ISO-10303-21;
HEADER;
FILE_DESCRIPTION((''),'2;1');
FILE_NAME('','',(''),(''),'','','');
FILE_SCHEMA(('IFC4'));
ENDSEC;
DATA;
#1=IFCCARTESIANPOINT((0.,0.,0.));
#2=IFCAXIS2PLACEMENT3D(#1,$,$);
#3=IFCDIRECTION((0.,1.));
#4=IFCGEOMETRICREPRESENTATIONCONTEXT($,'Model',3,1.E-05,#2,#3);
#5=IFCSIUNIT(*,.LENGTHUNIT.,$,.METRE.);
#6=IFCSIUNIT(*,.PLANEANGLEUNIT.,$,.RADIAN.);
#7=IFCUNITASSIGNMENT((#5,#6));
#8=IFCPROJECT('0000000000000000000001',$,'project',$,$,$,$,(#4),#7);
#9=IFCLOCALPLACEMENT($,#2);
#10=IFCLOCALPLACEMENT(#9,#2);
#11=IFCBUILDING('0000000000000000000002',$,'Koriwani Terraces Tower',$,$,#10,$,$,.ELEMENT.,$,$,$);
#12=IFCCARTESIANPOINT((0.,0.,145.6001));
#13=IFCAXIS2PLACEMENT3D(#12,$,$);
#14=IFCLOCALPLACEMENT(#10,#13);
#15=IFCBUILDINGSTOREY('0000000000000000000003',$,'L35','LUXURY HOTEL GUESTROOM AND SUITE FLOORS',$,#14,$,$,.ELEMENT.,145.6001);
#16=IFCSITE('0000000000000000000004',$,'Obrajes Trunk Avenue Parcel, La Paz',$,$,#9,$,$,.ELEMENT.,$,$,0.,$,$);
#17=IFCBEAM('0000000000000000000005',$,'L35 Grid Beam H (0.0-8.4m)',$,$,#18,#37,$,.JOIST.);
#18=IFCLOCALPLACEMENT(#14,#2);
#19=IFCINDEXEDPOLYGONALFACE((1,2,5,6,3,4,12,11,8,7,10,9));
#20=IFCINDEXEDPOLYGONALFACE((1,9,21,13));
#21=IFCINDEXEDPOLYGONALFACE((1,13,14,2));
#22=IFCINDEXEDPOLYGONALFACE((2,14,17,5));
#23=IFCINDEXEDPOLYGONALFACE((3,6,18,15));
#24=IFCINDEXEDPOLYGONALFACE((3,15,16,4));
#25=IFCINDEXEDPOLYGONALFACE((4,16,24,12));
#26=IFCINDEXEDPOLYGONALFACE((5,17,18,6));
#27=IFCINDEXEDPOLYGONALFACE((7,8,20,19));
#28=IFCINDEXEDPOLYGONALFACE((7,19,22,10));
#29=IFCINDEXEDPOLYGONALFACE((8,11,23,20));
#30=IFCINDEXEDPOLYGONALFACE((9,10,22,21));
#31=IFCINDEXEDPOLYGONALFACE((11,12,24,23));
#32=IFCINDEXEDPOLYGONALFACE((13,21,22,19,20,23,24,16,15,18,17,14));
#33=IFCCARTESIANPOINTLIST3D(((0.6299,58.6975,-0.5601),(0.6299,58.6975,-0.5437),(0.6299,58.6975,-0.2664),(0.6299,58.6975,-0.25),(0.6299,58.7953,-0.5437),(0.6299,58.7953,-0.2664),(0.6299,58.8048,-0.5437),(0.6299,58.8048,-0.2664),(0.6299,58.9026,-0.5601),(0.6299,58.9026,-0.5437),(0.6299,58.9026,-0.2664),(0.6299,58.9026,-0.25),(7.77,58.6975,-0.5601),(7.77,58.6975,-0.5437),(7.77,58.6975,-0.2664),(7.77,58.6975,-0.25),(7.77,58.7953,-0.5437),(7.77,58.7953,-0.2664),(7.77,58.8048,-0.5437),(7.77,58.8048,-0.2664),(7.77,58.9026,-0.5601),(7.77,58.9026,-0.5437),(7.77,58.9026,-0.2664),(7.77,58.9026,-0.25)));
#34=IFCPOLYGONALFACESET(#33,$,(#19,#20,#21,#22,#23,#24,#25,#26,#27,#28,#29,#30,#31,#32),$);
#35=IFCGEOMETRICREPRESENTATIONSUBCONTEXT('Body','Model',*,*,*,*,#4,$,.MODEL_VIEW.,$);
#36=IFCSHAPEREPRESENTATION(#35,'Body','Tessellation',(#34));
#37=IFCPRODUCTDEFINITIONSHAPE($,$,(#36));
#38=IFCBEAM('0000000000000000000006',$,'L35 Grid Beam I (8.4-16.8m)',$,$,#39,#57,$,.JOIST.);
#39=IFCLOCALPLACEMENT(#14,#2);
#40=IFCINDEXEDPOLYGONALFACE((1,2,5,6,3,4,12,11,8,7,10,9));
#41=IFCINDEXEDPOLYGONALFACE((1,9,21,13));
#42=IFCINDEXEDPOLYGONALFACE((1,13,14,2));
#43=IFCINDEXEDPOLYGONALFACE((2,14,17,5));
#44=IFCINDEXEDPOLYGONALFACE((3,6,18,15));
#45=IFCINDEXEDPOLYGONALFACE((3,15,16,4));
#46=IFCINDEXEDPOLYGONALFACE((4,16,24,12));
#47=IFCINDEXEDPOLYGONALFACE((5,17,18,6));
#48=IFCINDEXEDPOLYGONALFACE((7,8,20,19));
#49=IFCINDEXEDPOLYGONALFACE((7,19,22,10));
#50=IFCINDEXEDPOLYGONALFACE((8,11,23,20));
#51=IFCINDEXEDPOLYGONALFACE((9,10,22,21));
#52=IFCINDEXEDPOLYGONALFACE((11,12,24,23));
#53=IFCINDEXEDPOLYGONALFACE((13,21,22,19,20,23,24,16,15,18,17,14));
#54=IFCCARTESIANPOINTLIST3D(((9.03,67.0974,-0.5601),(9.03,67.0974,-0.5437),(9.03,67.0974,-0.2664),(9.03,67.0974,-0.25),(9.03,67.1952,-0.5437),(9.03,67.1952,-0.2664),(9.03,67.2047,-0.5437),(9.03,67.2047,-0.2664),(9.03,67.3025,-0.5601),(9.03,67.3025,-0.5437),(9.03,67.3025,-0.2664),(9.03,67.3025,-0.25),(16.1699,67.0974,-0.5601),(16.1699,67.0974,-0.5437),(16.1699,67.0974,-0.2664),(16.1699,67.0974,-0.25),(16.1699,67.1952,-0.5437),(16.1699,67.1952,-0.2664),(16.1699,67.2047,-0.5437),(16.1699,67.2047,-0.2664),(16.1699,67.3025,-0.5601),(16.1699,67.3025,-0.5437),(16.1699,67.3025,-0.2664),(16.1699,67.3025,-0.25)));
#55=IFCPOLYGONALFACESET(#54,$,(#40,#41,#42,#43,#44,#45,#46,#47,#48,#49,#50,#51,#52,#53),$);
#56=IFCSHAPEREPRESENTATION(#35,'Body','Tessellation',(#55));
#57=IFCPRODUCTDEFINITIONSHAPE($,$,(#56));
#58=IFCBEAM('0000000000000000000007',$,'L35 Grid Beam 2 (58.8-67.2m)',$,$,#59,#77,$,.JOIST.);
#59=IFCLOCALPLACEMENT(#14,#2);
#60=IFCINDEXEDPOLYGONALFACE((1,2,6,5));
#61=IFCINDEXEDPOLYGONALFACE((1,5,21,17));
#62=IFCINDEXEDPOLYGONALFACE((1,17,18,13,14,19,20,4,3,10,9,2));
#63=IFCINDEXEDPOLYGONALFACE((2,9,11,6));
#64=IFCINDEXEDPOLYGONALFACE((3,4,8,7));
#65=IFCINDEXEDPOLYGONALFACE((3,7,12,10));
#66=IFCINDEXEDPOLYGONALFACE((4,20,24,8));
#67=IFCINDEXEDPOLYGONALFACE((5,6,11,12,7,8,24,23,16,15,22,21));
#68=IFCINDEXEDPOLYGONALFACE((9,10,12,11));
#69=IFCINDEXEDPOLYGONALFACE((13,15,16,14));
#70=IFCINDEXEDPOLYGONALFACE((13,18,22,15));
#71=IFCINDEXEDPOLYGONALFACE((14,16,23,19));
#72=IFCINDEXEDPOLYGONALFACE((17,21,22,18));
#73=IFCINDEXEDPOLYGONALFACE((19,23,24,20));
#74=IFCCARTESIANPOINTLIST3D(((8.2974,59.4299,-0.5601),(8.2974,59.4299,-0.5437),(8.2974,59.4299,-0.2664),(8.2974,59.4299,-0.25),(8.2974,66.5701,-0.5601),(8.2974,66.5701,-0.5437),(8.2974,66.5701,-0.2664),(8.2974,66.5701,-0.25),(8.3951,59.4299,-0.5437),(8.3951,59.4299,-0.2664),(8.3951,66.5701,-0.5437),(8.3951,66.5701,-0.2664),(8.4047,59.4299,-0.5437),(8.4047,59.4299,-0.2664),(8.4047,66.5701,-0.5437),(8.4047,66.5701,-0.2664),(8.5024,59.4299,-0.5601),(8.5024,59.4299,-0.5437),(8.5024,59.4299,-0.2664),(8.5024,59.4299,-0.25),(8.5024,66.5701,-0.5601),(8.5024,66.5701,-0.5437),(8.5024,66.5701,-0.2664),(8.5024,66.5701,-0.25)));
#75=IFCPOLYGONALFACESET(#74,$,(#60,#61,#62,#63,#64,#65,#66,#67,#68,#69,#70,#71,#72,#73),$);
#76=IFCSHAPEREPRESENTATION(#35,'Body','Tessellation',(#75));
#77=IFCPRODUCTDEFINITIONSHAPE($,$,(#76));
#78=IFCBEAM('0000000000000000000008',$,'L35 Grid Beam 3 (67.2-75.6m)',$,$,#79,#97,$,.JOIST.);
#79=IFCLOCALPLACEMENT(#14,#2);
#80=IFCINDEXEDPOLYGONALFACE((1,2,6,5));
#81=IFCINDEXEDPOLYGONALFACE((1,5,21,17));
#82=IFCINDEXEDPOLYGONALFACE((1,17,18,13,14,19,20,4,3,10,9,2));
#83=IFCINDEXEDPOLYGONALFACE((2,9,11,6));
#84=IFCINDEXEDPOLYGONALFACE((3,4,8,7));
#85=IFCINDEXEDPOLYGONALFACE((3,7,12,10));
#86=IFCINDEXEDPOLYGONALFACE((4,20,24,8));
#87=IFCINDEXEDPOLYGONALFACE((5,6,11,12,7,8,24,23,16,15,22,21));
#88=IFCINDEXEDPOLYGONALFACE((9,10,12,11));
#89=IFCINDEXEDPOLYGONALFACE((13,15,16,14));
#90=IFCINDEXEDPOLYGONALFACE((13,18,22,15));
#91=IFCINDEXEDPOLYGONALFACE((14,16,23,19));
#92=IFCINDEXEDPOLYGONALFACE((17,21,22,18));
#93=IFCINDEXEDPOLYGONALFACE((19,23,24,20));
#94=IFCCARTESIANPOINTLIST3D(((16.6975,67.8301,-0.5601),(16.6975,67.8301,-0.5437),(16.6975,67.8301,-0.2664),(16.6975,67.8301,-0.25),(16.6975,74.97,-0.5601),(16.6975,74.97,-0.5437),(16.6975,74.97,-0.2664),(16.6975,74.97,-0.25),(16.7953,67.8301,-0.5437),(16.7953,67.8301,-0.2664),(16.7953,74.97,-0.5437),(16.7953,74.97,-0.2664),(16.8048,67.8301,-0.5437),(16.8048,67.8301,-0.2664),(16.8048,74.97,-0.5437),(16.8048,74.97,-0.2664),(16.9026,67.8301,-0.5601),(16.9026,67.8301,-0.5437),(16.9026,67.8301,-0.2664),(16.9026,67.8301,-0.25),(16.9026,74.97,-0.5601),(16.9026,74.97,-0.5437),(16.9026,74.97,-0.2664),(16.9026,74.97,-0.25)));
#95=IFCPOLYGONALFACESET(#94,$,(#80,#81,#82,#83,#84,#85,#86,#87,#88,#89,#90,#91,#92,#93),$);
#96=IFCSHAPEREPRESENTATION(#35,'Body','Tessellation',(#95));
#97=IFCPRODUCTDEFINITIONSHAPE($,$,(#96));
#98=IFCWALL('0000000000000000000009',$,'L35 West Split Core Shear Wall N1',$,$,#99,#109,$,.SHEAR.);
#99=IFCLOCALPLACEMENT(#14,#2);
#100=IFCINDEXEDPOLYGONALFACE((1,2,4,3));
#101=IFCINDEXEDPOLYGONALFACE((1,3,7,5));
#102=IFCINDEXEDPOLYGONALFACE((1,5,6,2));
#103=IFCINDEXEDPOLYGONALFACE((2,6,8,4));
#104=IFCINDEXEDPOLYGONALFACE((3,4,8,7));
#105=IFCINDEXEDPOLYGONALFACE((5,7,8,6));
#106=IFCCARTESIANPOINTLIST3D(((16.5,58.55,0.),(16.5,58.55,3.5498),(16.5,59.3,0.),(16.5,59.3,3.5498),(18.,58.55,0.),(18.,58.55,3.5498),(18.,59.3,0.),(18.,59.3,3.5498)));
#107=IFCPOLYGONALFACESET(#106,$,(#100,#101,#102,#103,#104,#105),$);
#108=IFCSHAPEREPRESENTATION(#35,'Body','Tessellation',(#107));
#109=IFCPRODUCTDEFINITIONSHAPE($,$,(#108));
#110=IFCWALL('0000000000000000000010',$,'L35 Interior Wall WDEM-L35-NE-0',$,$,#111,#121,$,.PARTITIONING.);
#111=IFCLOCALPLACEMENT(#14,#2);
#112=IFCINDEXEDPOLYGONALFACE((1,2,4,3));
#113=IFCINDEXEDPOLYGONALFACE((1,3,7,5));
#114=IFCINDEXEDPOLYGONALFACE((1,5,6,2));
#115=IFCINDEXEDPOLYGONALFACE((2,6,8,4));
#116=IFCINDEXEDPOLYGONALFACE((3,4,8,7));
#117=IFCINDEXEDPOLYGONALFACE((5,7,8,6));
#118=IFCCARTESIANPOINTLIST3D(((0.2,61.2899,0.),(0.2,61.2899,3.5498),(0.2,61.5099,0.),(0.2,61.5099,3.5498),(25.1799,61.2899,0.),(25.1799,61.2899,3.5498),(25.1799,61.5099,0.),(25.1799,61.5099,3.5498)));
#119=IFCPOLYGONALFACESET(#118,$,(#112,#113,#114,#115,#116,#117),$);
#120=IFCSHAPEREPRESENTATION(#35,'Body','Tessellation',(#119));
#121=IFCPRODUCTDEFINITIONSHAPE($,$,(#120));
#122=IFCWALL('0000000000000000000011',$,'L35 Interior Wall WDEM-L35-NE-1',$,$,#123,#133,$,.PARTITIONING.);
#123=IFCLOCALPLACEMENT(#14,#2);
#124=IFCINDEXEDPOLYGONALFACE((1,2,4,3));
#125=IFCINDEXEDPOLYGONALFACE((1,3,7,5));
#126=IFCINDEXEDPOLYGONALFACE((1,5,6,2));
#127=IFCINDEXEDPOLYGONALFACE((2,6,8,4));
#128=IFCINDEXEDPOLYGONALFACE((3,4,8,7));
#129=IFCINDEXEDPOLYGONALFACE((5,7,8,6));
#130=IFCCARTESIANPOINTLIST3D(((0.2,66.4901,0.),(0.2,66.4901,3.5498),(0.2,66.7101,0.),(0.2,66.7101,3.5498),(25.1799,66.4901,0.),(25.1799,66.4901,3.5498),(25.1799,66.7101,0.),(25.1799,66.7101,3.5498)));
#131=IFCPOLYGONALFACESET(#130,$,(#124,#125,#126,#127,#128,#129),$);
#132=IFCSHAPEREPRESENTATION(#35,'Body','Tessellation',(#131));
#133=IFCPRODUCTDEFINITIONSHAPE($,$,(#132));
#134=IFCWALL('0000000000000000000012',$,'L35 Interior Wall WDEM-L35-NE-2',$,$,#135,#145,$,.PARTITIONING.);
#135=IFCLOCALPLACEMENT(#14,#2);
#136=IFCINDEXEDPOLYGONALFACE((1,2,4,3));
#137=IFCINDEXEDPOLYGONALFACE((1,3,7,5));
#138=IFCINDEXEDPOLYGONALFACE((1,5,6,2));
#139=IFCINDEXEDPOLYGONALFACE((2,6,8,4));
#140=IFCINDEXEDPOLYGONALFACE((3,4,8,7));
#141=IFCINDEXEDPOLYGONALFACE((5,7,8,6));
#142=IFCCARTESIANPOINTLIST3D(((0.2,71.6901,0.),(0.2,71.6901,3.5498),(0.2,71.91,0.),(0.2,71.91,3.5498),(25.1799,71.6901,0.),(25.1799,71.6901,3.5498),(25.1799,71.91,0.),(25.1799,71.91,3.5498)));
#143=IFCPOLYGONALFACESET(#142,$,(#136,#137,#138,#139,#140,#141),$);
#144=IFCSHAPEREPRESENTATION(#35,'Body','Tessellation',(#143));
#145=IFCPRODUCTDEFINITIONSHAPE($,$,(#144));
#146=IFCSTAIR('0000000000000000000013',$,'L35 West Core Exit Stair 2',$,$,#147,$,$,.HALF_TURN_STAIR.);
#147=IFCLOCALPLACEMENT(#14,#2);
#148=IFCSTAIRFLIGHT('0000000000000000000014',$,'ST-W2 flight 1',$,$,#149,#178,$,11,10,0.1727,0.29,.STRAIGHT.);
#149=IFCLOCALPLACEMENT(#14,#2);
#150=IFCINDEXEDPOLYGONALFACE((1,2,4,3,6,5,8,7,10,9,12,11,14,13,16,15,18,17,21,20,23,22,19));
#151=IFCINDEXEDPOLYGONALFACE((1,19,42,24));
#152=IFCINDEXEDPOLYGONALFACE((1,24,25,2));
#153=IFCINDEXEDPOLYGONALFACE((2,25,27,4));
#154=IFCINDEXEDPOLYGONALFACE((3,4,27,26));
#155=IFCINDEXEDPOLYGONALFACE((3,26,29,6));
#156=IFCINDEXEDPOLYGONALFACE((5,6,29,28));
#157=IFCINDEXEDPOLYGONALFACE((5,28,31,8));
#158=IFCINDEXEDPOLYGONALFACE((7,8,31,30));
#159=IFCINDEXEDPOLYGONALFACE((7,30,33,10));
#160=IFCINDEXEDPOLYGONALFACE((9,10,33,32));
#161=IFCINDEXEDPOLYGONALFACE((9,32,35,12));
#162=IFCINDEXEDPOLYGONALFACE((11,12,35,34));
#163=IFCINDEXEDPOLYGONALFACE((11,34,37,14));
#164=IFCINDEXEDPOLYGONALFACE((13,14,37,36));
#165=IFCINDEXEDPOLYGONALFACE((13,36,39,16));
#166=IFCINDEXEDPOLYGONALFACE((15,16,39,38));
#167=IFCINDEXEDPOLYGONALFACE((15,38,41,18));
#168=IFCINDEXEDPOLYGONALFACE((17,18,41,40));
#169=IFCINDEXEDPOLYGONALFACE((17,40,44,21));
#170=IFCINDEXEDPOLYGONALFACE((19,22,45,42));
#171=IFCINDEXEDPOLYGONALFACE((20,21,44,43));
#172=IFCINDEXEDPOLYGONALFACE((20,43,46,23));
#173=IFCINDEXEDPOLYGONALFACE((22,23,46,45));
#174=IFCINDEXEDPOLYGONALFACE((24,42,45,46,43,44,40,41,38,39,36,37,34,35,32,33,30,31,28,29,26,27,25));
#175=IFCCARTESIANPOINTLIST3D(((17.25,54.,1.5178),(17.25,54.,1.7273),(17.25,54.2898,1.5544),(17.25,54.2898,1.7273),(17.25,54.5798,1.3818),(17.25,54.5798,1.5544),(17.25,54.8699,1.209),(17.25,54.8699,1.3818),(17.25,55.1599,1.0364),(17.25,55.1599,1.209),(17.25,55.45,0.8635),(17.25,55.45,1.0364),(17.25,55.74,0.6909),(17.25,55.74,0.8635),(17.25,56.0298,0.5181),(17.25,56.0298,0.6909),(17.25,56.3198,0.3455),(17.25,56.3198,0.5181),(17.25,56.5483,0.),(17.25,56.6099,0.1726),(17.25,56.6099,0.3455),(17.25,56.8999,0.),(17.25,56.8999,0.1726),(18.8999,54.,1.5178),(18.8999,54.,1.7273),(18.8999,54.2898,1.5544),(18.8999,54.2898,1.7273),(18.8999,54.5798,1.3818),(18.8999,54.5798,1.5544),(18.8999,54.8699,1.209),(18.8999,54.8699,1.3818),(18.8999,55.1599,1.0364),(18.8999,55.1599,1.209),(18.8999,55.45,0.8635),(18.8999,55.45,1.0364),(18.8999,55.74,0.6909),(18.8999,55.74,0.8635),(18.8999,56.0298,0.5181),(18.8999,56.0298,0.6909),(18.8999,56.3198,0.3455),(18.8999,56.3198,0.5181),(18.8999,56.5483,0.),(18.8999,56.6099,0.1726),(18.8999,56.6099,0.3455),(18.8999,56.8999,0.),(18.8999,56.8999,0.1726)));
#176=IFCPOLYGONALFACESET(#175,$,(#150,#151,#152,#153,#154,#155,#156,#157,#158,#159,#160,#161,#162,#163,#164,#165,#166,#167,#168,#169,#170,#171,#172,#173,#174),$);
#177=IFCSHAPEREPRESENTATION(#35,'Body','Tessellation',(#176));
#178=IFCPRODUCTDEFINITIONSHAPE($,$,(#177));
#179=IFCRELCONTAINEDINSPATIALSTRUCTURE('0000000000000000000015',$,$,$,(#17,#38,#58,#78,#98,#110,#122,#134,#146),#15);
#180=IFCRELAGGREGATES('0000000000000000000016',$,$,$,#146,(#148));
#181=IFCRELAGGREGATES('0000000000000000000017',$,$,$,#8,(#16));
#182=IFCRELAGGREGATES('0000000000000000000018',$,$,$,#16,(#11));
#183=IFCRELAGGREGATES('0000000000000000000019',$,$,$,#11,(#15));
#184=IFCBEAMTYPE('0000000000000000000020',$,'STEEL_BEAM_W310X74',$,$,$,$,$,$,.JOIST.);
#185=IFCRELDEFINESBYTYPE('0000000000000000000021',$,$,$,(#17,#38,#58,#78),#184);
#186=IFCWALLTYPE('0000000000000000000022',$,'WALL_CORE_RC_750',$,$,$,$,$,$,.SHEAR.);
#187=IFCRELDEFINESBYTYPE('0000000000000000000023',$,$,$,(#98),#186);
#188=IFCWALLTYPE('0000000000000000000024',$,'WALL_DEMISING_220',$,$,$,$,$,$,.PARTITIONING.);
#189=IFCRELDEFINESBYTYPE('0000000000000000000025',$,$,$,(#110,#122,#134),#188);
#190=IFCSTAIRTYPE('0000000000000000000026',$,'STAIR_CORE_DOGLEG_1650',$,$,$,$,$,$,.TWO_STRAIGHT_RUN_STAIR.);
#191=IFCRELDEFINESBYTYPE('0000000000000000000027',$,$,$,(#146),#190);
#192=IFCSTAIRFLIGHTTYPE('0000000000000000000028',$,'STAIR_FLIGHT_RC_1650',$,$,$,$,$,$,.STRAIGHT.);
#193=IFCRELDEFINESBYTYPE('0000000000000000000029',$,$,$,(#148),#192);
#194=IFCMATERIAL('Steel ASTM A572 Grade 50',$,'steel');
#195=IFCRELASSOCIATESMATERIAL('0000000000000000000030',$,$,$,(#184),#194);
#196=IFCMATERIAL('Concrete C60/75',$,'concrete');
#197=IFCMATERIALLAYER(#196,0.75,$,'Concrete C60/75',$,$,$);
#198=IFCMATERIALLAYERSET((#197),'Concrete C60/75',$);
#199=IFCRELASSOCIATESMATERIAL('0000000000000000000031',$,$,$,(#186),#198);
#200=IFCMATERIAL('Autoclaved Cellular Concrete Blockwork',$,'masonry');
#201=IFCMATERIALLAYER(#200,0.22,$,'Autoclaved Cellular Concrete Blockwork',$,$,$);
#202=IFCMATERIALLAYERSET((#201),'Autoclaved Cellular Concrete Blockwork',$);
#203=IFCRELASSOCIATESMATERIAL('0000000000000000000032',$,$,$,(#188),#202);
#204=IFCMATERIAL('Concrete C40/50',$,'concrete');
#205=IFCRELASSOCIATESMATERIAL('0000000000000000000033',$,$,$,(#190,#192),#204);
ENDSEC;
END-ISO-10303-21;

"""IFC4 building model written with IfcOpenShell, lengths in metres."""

from ifc_helpers import new_model, si_unit, direction, frame, frame_2d, origin, origin_2d, place, context, subcontext, project, spatial, polyline, rectangle, i_section, outline, extrude, material, layer, layer_set, material_profile, profile_set, type_object, element, aggregate, save


model = new_model("IFC4")

# Units and contexts
model_context = context("Model", 3, precision=1e-05, world=origin(), true_north=direction((0.0, 1.0)))
body_context = subcontext(model_context, "Body", "Model", "MODEL_VIEW")
ifc_project = project(units=[si_unit("LENGTHUNIT", "METRE"), si_unit("PLANEANGLEUNIT", "RADIAN")], contexts=[model_context])

# Site, building, storey
site_placement = place(None, origin())
site = spatial("IfcSite", under=ifc_project, at=site_placement, Name="Obrajes Trunk Avenue Parcel, La Paz", CompositionType="ELEMENT", RefElevation=0.0)
building_placement = place(site_placement, origin())
building = spatial("IfcBuilding", under=site, at=building_placement, Name="Koriwani Terraces Tower", CompositionType="ELEMENT")
storey_placement = place(building_placement, frame((0.0, 0.0, 145.6001)))
storey = spatial("IfcBuildingStorey", under=building, at=storey_placement, Name="L35", Description="LUXURY HOTEL GUESTROOM AND SUITE FLOORS", CompositionType="ELEMENT", Elevation=145.6001)

# Shared definitions
ifc_material_1 = material(Name="Concrete C60/75", Category="concrete")

# Beams
ifc_material_2 = material(Name="Concrete C40/50", Category="concrete")
ifc_material_3 = material(Name="Steel ASTM A572 Grade 50", Category="steel")
ifc_material_profile_1 = material_profile(ifc_material_3, i_section(OverallWidth=0.2051, OverallDepth=0.3101, WebThickness=0.0095, FlangeThickness=0.0164, at=origin_2d()), Name="Steel ASTM A572 Grade 50", Category="LoadBearing")
ifc_profile_set_1 = profile_set([ifc_material_profile_1], Name="Steel ASTM A572 Grade 50")
beam_type_1 = type_object("IfcBeamType", Name="STEEL_BEAM_W310X74", PredefinedType="JOIST", material=ifc_profile_set_1)
beam_1_placement = place(storey_placement, frame((0.6299, 58.8, -0.405), z_axis=(1.0, 0.0, 0.0), x_axis=(0.0, 1.0, 0.0)))
element("IfcBeam", 1, at=beam_1_placement, inside=storey, type_object=beam_type_1, Name="L35 Grid Beam H (0.0-8.4m)", PredefinedType="JOIST", context=body_context, shape_type="SweptSolid", body=[
    extrude(i_section(OverallWidth=0.2051, OverallDepth=0.3101, WebThickness=0.0095, FlangeThickness=0.0164, at=origin_2d()), origin(), (0.0, 0.0, 1.0), 7.1401),
])
beam_2_placement = place(storey_placement, frame((9.03, 67.2, -0.405), z_axis=(1.0, 0.0, 0.0), x_axis=(0.0, 1.0, 0.0)))
element("IfcBeam", 2, at=beam_2_placement, inside=storey, type_object=beam_type_1, Name="L35 Grid Beam I (8.4-16.8m)", PredefinedType="JOIST", context=body_context, shape_type="SweptSolid", body=[
    extrude(i_section(OverallWidth=0.2051, OverallDepth=0.3101, WebThickness=0.0095, FlangeThickness=0.0164, at=origin_2d()), origin(), (0.0, 0.0, 1.0), 7.1399),
])
beam_3_placement = place(storey_placement, frame((8.3999, 59.4299, -0.405), z_axis=(0.0, 1.0, 0.0), x_axis=(-1.0, 0.0, 0.0)))
element("IfcBeam", 3, at=beam_3_placement, inside=storey, type_object=beam_type_1, Name="L35 Grid Beam 2 (58.8-67.2m)", PredefinedType="JOIST", context=body_context, shape_type="SweptSolid", body=[
    extrude(i_section(OverallWidth=0.2051, OverallDepth=0.3101, WebThickness=0.0095, FlangeThickness=0.0164, at=origin_2d()), origin(), (0.0, 0.0, 1.0), 7.1401),
])
beam_4_placement = place(storey_placement, frame((16.8, 67.8301, -0.405), z_axis=(0.0, 1.0, 0.0), x_axis=(-1.0, 0.0, 0.0)))
element("IfcBeam", 4, at=beam_4_placement, inside=storey, type_object=beam_type_1, Name="L35 Grid Beam 3 (67.2-75.6m)", PredefinedType="JOIST", context=body_context, shape_type="SweptSolid", body=[
    extrude(i_section(OverallWidth=0.2051, OverallDepth=0.3101, WebThickness=0.0095, FlangeThickness=0.0164, at=origin_2d()), origin(), (0.0, 0.0, 1.0), 7.1399),
])

# Walls
ifc_layer_1 = layer(ifc_material_1, 0.75, Name="Concrete C60/75")
ifc_layer_set_1 = layer_set([ifc_layer_1], Name="Concrete C60/75")
wall_type_1 = type_object("IfcWallType", Name="WALL_CORE_RC_750", PredefinedType="SHEAR", material=ifc_layer_set_1)
wall_1_placement = place(storey_placement, frame((16.5, 58.925, 0.0), z_axis=(0.0, 0.0, 1.0), x_axis=(1.0, 0.0, 0.0)))
element("IfcWall", 5, at=wall_1_placement, inside=storey, type_object=wall_type_1, Name="L35 West Split Core Shear Wall N1", PredefinedType="SHEAR", context=body_context, shape_type="SweptSolid", body=[
    extrude(rectangle(XDim=1.5, YDim=0.75, at=frame_2d((0.75, 0.0))), origin(), (0.0, 0.0, 1.0), 3.5498),
])
ifc_material_4 = material(Name="Autoclaved Cellular Concrete Blockwork", Category="masonry")
ifc_layer_2 = layer(ifc_material_4, 0.22, Name="Autoclaved Cellular Concrete Blockwork")
ifc_layer_set_2 = layer_set([ifc_layer_2], Name="Autoclaved Cellular Concrete Blockwork")
wall_type_2 = type_object("IfcWallType", Name="WALL_DEMISING_220", PredefinedType="PARTITIONING", material=ifc_layer_set_2)
for number, where, z_axis, x_axis, name in (
    (6, (0.2, 61.3999, 0.0), (0.0, 0.0, 1.0), (1.0, 0.0, 0.0), "L35 Interior Wall WDEM-L35-NE-0"),
    (7, (0.2, 66.6001, 0.0), (0.0, 0.0, 1.0), (1.0, 0.0, 0.0), "L35 Interior Wall WDEM-L35-NE-1"),
    (8, (0.2, 71.8, 0.0), (0.0, 0.0, 1.0), (1.0, 0.0, 0.0), "L35 Interior Wall WDEM-L35-NE-2"),
):
    element("IfcWall", number, at=place(storey_placement, frame(where, z_axis=z_axis, x_axis=x_axis)), inside=storey, type_object=wall_type_2, Name=name, PredefinedType="PARTITIONING", context=body_context, shape_type="SweptSolid", body=[
        extrude(rectangle(XDim=24.98, YDim=0.22, at=frame_2d((12.49, 0.0))), origin(), (0.0, 0.0, 1.0), 3.5498),
    ])

# Stair, stair flight
stair_type = type_object("IfcStairType", Name="STAIR_CORE_DOGLEG_1650", PredefinedType="TWO_STRAIGHT_RUN_STAIR", material=ifc_material_2)
stair_placement = place(storey_placement, origin())
stair = element("IfcStair", 9, at=stair_placement, inside=storey, type_object=stair_type, Name="L35 West Core Exit Stair 2", PredefinedType="HALF_TURN_STAIR")
stair_flight_type = type_object("IfcStairFlightType", Name="STAIR_FLIGHT_RC_1650", PredefinedType="STRAIGHT", material=ifc_material_2)
stair_flight_placement = place(storey_placement, frame((18.075, 56.8999, 0.0), z_axis=(0.0, 0.0, 1.0), x_axis=(0.0, -1.0, 0.0)))
stair_flight = element("IfcStairFlight", 10, at=stair_flight_placement, type_object=stair_flight_type, Name="ST-W2 flight 1", NumberOfRisers=11, NumberOfTreads=10, PredefinedType="STRAIGHT", RiserHeight=0.1727, TreadLength=0.29, context=body_context, shape_type="SweptSolid", body=[
    extrude(outline(polyline([(0.0, 0.0), (0.0, 0.1726), (0.29, 0.1726), (0.29, 0.3455), (0.5801, 0.3455), (0.5801, 0.5181), (0.8701, 0.5181), (0.8701, 0.6909), (1.1599, 0.6909), (1.1599, 0.8635), (1.45, 0.8635), (1.45, 1.0364), (1.74, 1.0364), (1.74, 1.209), (2.03, 1.209), (2.03, 1.3818), (2.3201, 1.3818), (2.3201, 1.5544), (2.6101, 1.5544), (2.6101, 1.7273), (2.8999, 1.7273), (2.8999, 1.8999), (2.8999, 1.5178), (0.3516, 0.0), (0.0, 0.0)])), frame((0.0, 0.825, 0.0), z_axis=(0.0, -1.0, 0.0), x_axis=(1.0, 0.0, 0.0)), (0.0, 0.0, 1.0), 1.6499),
])
aggregate(stair, [stair_flight])

save(model, "model.ifc")
